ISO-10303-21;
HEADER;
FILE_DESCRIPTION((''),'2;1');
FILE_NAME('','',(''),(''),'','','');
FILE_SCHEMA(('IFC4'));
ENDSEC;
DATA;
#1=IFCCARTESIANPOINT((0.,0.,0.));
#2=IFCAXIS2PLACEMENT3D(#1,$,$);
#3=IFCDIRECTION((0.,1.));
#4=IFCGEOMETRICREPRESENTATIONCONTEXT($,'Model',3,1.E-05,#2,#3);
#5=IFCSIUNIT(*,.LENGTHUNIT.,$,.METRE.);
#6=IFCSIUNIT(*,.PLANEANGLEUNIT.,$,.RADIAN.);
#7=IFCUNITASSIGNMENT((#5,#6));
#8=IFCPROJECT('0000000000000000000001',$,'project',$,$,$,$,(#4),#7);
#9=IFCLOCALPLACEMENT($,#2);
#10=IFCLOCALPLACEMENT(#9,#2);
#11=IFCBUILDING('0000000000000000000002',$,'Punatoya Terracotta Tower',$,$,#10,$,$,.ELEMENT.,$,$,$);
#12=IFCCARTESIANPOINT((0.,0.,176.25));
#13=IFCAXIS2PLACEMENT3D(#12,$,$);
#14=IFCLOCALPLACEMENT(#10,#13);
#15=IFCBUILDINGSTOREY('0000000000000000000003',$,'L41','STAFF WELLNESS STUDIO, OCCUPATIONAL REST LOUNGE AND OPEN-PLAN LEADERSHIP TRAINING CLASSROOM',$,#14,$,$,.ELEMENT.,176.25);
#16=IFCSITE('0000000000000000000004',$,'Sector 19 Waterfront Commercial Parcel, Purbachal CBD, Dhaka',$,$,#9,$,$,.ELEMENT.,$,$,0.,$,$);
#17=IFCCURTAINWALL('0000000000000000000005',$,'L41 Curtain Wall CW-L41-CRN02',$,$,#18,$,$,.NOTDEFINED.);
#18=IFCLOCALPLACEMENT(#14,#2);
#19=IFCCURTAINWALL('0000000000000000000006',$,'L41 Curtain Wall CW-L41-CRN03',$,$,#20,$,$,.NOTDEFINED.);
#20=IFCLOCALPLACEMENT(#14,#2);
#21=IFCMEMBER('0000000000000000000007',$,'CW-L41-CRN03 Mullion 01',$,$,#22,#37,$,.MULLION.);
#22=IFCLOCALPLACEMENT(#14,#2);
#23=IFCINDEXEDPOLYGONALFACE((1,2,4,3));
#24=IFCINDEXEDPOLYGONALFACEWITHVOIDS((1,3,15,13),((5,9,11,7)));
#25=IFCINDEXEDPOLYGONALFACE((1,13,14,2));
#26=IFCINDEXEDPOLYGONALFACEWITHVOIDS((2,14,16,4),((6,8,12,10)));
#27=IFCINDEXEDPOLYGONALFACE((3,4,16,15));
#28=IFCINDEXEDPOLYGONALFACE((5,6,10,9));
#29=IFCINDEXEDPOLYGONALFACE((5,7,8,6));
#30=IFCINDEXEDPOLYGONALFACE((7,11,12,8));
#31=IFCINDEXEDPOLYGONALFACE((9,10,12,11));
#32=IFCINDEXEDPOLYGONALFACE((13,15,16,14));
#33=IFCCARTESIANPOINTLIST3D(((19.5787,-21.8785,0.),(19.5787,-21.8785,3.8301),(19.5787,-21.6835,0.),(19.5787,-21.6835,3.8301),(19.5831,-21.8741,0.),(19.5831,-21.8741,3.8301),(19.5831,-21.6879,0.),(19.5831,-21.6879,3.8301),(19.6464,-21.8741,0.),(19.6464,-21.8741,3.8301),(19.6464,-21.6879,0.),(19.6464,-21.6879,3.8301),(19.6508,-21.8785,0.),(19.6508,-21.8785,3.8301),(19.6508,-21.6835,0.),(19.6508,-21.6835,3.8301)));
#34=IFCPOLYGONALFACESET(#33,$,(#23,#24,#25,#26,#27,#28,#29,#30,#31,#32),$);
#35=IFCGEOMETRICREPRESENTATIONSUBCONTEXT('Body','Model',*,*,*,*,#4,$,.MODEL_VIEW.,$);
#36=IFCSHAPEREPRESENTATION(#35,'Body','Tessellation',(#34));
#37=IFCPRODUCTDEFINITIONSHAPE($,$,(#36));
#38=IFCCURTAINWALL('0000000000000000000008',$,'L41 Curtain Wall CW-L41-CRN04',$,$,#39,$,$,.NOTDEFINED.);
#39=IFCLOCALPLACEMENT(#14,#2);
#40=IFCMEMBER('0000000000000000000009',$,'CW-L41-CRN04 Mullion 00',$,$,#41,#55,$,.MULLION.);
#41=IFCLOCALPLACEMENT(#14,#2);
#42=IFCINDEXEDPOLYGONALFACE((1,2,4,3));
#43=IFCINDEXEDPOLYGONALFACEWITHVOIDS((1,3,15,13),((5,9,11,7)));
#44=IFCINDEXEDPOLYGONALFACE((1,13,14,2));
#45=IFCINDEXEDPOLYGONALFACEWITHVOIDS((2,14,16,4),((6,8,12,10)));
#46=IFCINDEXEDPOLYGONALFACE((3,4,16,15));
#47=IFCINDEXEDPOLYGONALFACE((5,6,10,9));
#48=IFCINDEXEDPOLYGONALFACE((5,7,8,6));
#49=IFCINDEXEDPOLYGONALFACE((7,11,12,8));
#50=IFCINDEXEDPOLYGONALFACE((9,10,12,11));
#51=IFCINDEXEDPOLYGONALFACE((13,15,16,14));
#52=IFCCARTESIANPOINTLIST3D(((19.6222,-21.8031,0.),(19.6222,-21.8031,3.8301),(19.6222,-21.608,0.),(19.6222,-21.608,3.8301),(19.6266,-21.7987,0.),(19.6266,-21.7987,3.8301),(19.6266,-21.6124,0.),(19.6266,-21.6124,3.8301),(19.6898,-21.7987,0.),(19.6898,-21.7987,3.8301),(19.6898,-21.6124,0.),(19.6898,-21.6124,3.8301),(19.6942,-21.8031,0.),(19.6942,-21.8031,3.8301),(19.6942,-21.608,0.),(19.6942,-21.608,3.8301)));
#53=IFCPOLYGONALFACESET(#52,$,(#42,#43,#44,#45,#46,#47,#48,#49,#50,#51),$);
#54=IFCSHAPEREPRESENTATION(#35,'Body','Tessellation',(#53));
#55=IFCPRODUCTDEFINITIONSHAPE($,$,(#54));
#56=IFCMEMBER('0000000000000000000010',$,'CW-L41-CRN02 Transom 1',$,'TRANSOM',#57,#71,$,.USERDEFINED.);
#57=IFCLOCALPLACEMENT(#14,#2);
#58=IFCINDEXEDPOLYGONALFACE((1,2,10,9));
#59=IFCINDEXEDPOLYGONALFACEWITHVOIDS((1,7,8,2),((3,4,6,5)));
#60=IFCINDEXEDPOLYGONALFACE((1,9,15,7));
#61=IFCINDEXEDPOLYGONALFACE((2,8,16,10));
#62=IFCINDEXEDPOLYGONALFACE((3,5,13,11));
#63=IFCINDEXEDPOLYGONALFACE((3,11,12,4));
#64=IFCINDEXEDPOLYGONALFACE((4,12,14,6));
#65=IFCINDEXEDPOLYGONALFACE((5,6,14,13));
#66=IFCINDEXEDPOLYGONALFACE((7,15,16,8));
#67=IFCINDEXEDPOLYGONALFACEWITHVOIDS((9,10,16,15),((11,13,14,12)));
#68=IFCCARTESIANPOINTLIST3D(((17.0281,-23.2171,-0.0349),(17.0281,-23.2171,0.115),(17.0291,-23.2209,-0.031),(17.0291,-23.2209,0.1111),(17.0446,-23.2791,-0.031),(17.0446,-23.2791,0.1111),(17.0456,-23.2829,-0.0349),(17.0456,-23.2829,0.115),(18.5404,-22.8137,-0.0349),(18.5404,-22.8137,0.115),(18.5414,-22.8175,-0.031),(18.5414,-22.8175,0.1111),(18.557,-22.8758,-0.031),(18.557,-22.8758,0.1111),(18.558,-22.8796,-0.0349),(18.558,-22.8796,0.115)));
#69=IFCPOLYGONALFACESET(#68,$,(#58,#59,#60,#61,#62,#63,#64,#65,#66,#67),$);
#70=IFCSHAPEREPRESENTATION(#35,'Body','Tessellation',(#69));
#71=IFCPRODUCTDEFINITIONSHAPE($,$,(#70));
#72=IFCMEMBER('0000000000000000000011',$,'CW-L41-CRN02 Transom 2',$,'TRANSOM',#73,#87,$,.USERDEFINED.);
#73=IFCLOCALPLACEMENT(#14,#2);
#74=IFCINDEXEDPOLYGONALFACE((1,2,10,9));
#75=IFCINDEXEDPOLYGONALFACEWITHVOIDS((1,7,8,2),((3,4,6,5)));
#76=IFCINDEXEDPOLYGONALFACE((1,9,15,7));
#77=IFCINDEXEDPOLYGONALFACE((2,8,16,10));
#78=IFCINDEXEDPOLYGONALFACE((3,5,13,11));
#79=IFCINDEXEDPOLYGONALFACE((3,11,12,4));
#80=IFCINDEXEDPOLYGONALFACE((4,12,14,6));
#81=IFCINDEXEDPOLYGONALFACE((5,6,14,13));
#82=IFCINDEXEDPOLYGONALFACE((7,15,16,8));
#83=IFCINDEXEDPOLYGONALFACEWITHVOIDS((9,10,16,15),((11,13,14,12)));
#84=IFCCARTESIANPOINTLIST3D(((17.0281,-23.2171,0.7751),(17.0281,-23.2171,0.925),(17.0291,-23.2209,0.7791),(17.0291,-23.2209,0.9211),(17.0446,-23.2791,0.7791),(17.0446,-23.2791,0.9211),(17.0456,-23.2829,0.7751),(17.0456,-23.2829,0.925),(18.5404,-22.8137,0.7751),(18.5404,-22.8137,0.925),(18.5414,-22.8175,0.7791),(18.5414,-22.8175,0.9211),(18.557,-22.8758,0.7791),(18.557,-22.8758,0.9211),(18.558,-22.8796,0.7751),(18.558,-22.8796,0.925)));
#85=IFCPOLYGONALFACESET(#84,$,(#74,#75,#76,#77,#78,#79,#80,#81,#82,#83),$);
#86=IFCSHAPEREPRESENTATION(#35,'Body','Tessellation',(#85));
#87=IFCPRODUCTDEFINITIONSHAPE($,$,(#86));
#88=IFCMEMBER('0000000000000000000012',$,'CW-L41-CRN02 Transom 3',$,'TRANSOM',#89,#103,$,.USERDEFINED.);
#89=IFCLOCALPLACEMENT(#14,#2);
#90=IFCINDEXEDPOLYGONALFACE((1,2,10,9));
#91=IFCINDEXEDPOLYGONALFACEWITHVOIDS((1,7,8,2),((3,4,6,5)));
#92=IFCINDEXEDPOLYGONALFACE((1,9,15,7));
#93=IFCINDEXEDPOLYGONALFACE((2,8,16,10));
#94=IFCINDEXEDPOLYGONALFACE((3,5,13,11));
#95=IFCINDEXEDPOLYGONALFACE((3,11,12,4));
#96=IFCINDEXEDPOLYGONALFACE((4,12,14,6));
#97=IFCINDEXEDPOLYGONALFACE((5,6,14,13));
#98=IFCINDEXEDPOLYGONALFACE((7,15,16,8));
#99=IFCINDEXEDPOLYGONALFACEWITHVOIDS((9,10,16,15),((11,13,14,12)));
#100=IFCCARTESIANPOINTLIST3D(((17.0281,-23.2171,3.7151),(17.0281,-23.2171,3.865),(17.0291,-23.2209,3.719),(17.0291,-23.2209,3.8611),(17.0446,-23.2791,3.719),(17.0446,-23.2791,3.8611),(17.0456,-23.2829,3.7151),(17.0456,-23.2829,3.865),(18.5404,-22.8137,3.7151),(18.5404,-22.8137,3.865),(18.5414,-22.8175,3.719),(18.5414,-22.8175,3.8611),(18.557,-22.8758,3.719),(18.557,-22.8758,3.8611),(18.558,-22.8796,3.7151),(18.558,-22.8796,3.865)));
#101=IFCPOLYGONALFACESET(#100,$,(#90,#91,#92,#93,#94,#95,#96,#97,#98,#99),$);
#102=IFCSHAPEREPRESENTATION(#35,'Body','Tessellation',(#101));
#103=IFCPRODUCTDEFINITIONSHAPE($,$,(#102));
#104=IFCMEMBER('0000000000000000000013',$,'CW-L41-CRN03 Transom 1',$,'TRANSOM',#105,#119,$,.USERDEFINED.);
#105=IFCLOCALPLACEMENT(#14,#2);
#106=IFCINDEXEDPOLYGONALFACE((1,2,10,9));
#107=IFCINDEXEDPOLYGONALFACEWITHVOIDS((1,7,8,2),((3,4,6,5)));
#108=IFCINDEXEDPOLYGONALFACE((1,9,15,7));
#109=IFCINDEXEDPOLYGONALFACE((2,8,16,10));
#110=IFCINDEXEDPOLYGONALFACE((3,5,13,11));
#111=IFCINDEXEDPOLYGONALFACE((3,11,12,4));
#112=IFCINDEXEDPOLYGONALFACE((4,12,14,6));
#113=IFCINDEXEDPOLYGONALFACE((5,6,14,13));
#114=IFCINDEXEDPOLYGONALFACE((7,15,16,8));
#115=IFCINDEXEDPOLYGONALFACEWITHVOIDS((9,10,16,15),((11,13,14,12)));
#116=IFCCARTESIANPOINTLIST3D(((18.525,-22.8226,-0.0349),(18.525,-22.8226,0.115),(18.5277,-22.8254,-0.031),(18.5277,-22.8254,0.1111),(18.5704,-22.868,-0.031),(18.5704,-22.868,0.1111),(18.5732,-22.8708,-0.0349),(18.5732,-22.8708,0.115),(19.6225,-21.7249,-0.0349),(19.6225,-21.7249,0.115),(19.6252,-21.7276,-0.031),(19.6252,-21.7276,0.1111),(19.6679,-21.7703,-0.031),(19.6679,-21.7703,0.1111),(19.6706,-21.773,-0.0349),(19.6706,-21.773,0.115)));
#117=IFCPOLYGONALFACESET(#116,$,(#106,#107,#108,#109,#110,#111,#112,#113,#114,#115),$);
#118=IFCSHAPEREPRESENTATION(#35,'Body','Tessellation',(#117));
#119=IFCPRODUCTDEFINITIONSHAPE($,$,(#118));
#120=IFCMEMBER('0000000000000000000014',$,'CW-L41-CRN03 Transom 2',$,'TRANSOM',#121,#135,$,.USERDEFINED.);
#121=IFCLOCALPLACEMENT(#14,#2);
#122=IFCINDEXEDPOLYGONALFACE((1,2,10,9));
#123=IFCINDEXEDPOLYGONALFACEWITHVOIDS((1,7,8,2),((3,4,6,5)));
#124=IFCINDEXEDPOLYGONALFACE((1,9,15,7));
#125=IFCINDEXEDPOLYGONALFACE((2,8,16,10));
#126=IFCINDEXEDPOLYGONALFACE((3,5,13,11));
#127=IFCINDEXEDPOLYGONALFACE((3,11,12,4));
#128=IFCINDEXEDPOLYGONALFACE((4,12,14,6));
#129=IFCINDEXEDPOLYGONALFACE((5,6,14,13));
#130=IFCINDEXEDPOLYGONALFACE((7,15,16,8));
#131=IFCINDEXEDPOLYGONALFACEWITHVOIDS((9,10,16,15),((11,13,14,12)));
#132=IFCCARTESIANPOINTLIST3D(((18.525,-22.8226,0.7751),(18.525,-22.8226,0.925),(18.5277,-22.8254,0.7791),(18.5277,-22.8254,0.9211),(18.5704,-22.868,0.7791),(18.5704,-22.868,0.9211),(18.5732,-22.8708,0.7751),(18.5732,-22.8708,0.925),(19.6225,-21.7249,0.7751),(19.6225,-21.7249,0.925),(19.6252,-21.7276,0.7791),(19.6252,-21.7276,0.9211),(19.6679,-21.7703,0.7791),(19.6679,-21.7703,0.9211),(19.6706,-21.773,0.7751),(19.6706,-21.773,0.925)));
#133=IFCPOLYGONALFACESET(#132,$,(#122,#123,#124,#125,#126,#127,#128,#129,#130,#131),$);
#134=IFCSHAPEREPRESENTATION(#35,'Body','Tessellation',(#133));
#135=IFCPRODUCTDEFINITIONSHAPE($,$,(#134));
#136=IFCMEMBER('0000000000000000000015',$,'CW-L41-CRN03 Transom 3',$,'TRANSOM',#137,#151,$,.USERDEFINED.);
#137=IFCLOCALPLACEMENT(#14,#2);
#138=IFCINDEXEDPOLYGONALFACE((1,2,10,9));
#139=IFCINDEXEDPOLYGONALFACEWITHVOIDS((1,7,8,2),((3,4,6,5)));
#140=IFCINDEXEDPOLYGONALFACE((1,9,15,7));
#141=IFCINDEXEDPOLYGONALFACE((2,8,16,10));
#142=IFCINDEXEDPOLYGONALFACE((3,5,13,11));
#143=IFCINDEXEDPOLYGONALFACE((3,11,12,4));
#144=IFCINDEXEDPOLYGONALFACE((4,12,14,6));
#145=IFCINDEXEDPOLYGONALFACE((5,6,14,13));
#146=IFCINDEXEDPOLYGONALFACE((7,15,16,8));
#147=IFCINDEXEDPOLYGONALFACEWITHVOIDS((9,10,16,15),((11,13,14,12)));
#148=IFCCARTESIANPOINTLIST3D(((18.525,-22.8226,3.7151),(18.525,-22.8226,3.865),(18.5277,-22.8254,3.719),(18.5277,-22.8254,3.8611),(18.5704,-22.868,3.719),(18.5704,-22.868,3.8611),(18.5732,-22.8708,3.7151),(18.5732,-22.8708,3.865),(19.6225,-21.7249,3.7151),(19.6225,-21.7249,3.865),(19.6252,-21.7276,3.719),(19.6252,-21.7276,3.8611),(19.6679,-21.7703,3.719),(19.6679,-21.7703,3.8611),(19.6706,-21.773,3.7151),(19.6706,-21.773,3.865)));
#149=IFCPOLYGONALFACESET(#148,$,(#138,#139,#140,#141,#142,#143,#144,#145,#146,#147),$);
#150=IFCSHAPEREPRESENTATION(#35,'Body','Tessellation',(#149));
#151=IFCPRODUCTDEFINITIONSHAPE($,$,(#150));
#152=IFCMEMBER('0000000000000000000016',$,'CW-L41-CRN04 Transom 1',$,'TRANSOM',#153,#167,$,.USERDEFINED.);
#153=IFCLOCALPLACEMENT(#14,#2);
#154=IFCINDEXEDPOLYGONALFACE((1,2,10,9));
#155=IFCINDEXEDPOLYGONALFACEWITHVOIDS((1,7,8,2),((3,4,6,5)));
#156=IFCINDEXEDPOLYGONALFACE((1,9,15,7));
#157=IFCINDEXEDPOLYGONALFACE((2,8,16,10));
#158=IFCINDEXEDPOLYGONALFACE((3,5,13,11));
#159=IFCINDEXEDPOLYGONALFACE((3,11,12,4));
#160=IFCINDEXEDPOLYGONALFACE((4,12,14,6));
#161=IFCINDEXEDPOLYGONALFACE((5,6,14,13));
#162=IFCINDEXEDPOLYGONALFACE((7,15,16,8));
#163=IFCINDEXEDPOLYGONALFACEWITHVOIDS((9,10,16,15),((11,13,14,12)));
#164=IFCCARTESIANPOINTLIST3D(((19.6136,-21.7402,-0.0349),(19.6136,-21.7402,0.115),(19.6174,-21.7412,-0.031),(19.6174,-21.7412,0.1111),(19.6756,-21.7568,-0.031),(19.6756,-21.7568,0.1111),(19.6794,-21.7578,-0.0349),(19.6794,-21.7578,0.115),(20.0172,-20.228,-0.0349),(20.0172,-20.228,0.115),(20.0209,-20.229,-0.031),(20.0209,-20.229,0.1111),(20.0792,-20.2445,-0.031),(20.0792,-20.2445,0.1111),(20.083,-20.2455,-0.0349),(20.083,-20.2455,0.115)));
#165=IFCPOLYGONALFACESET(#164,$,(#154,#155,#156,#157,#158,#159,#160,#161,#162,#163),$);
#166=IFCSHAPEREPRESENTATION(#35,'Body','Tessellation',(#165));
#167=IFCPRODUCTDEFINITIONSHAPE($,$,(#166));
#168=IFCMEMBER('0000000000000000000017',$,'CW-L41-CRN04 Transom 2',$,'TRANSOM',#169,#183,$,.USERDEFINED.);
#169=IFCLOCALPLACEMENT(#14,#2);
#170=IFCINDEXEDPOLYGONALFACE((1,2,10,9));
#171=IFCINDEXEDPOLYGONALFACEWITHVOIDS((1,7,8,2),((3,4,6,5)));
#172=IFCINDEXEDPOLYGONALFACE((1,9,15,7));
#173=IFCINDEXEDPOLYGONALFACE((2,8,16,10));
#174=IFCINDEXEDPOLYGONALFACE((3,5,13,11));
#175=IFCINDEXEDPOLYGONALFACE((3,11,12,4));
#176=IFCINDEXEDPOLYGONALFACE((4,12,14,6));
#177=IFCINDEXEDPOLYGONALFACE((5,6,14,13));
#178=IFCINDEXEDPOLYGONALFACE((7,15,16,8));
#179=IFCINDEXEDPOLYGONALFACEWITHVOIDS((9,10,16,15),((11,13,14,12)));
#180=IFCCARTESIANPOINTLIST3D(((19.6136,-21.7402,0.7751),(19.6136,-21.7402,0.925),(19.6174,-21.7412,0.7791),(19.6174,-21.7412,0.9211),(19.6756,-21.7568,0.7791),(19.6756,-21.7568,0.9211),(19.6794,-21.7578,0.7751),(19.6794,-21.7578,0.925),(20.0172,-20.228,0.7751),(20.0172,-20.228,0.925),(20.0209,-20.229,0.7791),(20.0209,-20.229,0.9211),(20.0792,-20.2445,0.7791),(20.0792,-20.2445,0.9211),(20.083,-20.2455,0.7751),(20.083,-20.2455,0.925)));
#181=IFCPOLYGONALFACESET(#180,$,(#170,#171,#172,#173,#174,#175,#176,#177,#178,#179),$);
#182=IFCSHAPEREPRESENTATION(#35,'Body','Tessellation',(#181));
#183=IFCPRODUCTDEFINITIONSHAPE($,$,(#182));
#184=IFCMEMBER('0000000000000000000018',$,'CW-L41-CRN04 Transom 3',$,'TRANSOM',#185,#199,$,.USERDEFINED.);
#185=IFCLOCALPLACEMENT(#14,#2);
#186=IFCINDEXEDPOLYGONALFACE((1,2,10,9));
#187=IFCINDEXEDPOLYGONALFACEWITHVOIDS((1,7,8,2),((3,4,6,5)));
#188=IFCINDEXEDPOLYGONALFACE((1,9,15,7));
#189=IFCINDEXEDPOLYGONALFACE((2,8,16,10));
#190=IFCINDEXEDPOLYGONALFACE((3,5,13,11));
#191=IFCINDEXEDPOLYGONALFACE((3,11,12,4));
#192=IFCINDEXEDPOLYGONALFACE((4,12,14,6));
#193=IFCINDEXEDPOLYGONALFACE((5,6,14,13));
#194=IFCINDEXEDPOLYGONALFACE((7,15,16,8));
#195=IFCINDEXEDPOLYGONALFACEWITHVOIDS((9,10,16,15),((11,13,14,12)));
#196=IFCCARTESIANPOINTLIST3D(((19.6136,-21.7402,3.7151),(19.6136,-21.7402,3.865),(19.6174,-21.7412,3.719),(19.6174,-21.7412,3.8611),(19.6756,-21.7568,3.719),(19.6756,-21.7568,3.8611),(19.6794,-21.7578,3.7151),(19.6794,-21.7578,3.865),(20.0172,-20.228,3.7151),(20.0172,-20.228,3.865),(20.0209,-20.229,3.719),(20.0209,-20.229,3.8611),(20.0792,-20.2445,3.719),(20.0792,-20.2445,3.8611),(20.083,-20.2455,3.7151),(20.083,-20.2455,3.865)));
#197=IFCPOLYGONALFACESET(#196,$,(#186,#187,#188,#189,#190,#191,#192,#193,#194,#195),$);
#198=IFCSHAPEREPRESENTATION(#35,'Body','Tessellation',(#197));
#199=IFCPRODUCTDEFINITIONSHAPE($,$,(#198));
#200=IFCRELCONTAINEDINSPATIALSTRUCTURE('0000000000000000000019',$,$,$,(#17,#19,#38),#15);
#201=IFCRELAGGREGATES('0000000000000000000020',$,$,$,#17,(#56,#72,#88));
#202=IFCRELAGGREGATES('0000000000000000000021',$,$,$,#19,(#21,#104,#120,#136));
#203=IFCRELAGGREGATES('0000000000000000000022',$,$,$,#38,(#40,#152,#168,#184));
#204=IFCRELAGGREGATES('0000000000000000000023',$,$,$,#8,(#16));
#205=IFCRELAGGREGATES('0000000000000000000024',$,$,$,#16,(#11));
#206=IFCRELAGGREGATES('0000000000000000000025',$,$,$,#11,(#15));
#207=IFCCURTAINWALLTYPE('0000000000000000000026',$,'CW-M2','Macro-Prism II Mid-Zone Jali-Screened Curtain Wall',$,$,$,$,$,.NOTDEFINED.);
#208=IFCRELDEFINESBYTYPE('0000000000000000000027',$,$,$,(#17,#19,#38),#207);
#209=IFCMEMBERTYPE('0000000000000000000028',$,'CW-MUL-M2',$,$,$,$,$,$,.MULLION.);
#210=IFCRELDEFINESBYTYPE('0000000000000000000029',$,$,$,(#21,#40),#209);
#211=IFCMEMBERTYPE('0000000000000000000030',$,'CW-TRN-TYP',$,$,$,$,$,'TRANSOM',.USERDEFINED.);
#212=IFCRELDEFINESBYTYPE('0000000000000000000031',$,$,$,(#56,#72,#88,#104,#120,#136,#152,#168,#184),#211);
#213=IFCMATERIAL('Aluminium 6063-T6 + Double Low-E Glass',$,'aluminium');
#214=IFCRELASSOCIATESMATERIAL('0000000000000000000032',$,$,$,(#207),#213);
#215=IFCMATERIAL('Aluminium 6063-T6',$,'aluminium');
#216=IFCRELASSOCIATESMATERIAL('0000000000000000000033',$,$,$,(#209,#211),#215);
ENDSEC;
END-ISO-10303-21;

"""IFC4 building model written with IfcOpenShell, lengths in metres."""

from ifc_helpers import new_model, si_unit, direction, frame, origin, origin_2d, place, context, subcontext, project, spatial, hollow_rectangle, extrude, material, material_profile, profile_set, type_object, element, aggregate, save


model = new_model("IFC4")

# Units and contexts
model_context = context("Model", 3, precision=1e-05, world=origin(), true_north=direction((0.0, 1.0)))
body_context = subcontext(model_context, "Body", "Model", "MODEL_VIEW")
ifc_project = project(units=[si_unit("LENGTHUNIT", "METRE"), si_unit("PLANEANGLEUNIT", "RADIAN")], contexts=[model_context])

# Site, building, storey
site_placement = place(None, origin())
site = spatial("IfcSite", under=ifc_project, at=site_placement, Name="Sector 19 Waterfront Commercial Parcel, Purbachal CBD, Dhaka", CompositionType="ELEMENT", RefElevation=0.0)
building_placement = place(site_placement, origin())
building = spatial("IfcBuilding", under=site, at=building_placement, Name="Punatoya Terracotta Tower", CompositionType="ELEMENT")
storey_placement = place(building_placement, frame((0.0, 0.0, 176.25)))
storey = spatial("IfcBuildingStorey", under=building, at=storey_placement, Name="L41", Description="STAFF WELLNESS STUDIO, OCCUPATIONAL REST LOUNGE AND OPEN-PLAN LEADERSHIP TRAINING CLASSROOM", CompositionType="ELEMENT", Elevation=176.25)

# Curtain walls, member
ifc_material_1 = material(Name="Aluminium 6063-T6 + Double Low-E Glass", Category="aluminium")
curtain_wall_type = type_object("IfcCurtainWallType", Name="CW-M2", Description="Macro-Prism II Mid-Zone Jali-Screened Curtain Wall", PredefinedType="NOTDEFINED", material=ifc_material_1)
ifc_material_2 = material(Name="Aluminium 6063-T6", Category="aluminium")
ifc_material_profile_1 = material_profile(ifc_material_2, hollow_rectangle(XDim=0.072, YDim=0.1951, WallThickness=0.0044, at=origin_2d()))
ifc_profile_set_1 = profile_set([ifc_material_profile_1], Name="Aluminium 6063-T6")
member_type_1 = type_object("IfcMemberType", Name="CW-MUL-M2", PredefinedType="MULLION", material=ifc_profile_set_1)
curtain_wall_1_placement = place(storey_placement, origin())
curtain_wall_1 = element("IfcCurtainWall", 1, at=curtain_wall_1_placement, inside=storey, type_object=curtain_wall_type, Name="L41 Curtain Wall CW-L41-CRN02", PredefinedType="NOTDEFINED")
curtain_wall_2_placement = place(storey_placement, origin())
curtain_wall_2 = element("IfcCurtainWall", 2, at=curtain_wall_2_placement, inside=storey, type_object=curtain_wall_type, Name="L41 Curtain Wall CW-L41-CRN03", PredefinedType="NOTDEFINED")
member_1_placement = place(storey_placement, frame((19.6147, -21.781, 0.0), z_axis=(0.0, 0.0, 1.0), x_axis=(1.0, 0.0, 0.0)))
member_1 = element("IfcMember", 3, at=member_1_placement, type_object=member_type_1, Name="CW-L41-CRN03 Mullion 01", PredefinedType="MULLION", context=body_context, shape_type="SweptSolid", body=[
    extrude(hollow_rectangle(XDim=0.072, YDim=0.1951, WallThickness=0.0044, at=origin_2d()), origin(), (0.0, 0.0, 1.0), 3.8301),
])

# Curtain wall, member
curtain_wall_3_placement = place(storey_placement, origin())
curtain_wall_3 = element("IfcCurtainWall", 4, at=curtain_wall_3_placement, inside=storey, type_object=curtain_wall_type, Name="L41 Curtain Wall CW-L41-CRN04", PredefinedType="NOTDEFINED")
member_2_placement = place(storey_placement, frame((19.6582, -21.7056, 0.0), z_axis=(0.0, 0.0, 1.0), x_axis=(1.0, 0.0, 0.0)))
member_2 = element("IfcMember", 5, at=member_2_placement, type_object=member_type_1, Name="CW-L41-CRN04 Mullion 00", PredefinedType="MULLION", context=body_context, shape_type="SweptSolid", body=[
    extrude(hollow_rectangle(XDim=0.072, YDim=0.1951, WallThickness=0.0044, at=origin_2d()), origin(), (0.0, 0.0, 1.0), 3.8301),
])

# Members
ifc_material_profile_2 = material_profile(ifc_material_2, hollow_rectangle(XDim=0.0681, YDim=0.1499, WallThickness=0.0039, at=origin_2d()))
ifc_profile_set_2 = profile_set([ifc_material_profile_2], Name="Aluminium 6063-T6")
member_type_2 = type_object("IfcMemberType", Name="CW-TRN-TYP", ElementType="TRANSOM", PredefinedType="USERDEFINED", material=ifc_profile_set_2)
member_3_placement = place(storey_placement, frame((17.0369, -23.25, 0.04), z_axis=(0.966225, 0.257701, 0.0), x_axis=(-0.257701, 0.966225, 0.0)))
member_3 = element("IfcMember", 6, at=member_3_placement, type_object=member_type_2, Name="CW-L41-CRN02 Transom 1", ObjectType="TRANSOM", PredefinedType="USERDEFINED", context=body_context, shape_type="SweptSolid", body=[
    extrude(hollow_rectangle(XDim=0.0681, YDim=0.1499, WallThickness=0.0039, at=origin_2d()), origin(), (0.0, 0.0, 1.0), 1.5652),
])
member_4_placement = place(storey_placement, frame((17.0369, -23.25, 0.8501), z_axis=(0.966225, 0.257701, 0.0), x_axis=(-0.257701, 0.966225, 0.0)))
member_4 = element("IfcMember", 7, at=member_4_placement, type_object=member_type_2, Name="CW-L41-CRN02 Transom 2", ObjectType="TRANSOM", PredefinedType="USERDEFINED", context=body_context, shape_type="SweptSolid", body=[
    extrude(hollow_rectangle(XDim=0.0681, YDim=0.1499, WallThickness=0.0039, at=origin_2d()), origin(), (0.0, 0.0, 1.0), 1.5652),
])
member_5_placement = place(storey_placement, frame((17.0369, -23.25, 3.79), z_axis=(0.966225, 0.257701, 0.0), x_axis=(-0.257701, 0.966225, 0.0)))
member_5 = element("IfcMember", 8, at=member_5_placement, type_object=member_type_2, Name="CW-L41-CRN02 Transom 3", ObjectType="TRANSOM", PredefinedType="USERDEFINED", context=body_context, shape_type="SweptSolid", body=[
    extrude(hollow_rectangle(XDim=0.0681, YDim=0.1499, WallThickness=0.0039, at=origin_2d()), origin(), (0.0, 0.0, 1.0), 1.5652),
])
member_6_placement = place(storey_placement, frame((18.5491, -22.8467, 0.04), z_axis=(0.707028, 0.707185, 0.0), x_axis=(-0.707185, 0.707028, 0.0)))
member_6 = element("IfcMember", 9, at=member_6_placement, type_object=member_type_2, Name="CW-L41-CRN03 Transom 1", ObjectType="TRANSOM", PredefinedType="USERDEFINED", context=body_context, shape_type="SweptSolid", body=[
    extrude(hollow_rectangle(XDim=0.0681, YDim=0.1499, WallThickness=0.0039, at=origin_2d()), origin(), (0.0, 0.0, 1.0), 1.5522),
])
member_7_placement = place(storey_placement, frame((18.5491, -22.8467, 0.8501), z_axis=(0.707028, 0.707185, 0.0), x_axis=(-0.707185, 0.707028, 0.0)))
member_7 = element("IfcMember", 10, at=member_7_placement, type_object=member_type_2, Name="CW-L41-CRN03 Transom 2", ObjectType="TRANSOM", PredefinedType="USERDEFINED", context=body_context, shape_type="SweptSolid", body=[
    extrude(hollow_rectangle(XDim=0.0681, YDim=0.1499, WallThickness=0.0039, at=origin_2d()), origin(), (0.0, 0.0, 1.0), 1.5522),
])
member_8_placement = place(storey_placement, frame((18.5491, -22.8467, 3.79), z_axis=(0.707028, 0.707185, 0.0), x_axis=(-0.707185, 0.707028, 0.0)))
member_8 = element("IfcMember", 11, at=member_8_placement, type_object=member_type_2, Name="CW-L41-CRN03 Transom 3", ObjectType="TRANSOM", PredefinedType="USERDEFINED", context=body_context, shape_type="SweptSolid", body=[
    extrude(hollow_rectangle(XDim=0.0681, YDim=0.1499, WallThickness=0.0039, at=origin_2d()), origin(), (0.0, 0.0, 1.0), 1.5522),
])
member_9_placement = place(storey_placement, frame((19.6465, -21.749, 0.04), z_axis=(0.257847, 0.966186, 0.0), x_axis=(-0.966186, 0.257847, 0.0)))
member_9 = element("IfcMember", 12, at=member_9_placement, type_object=member_type_2, Name="CW-L41-CRN04 Transom 1", ObjectType="TRANSOM", PredefinedType="USERDEFINED", context=body_context, shape_type="SweptSolid", body=[
    extrude(hollow_rectangle(XDim=0.0681, YDim=0.1499, WallThickness=0.0039, at=origin_2d()), origin(), (0.0, 0.0, 1.0), 1.5652),
])
member_10_placement = place(storey_placement, frame((19.6465, -21.749, 0.8501), z_axis=(0.257847, 0.966186, 0.0), x_axis=(-0.966186, 0.257847, 0.0)))
member_10 = element("IfcMember", 13, at=member_10_placement, type_object=member_type_2, Name="CW-L41-CRN04 Transom 2", ObjectType="TRANSOM", PredefinedType="USERDEFINED", context=body_context, shape_type="SweptSolid", body=[
    extrude(hollow_rectangle(XDim=0.0681, YDim=0.1499, WallThickness=0.0039, at=origin_2d()), origin(), (0.0, 0.0, 1.0), 1.5652),
])
member_11_placement = place(storey_placement, frame((19.6465, -21.749, 3.79), z_axis=(0.257847, 0.966186, 0.0), x_axis=(-0.966186, 0.257847, 0.0)))
member_11 = element("IfcMember", 14, at=member_11_placement, type_object=member_type_2, Name="CW-L41-CRN04 Transom 3", ObjectType="TRANSOM", PredefinedType="USERDEFINED", context=body_context, shape_type="SweptSolid", body=[
    extrude(hollow_rectangle(XDim=0.0681, YDim=0.1499, WallThickness=0.0039, at=origin_2d()), origin(), (0.0, 0.0, 1.0), 1.5652),
])

aggregate(curtain_wall_1, [member_3, member_4, member_5])
aggregate(curtain_wall_2, [member_1, member_6, member_7, member_8])
aggregate(curtain_wall_3, [member_2, member_9, member_10, member_11])

save(model, "model.ifc")
